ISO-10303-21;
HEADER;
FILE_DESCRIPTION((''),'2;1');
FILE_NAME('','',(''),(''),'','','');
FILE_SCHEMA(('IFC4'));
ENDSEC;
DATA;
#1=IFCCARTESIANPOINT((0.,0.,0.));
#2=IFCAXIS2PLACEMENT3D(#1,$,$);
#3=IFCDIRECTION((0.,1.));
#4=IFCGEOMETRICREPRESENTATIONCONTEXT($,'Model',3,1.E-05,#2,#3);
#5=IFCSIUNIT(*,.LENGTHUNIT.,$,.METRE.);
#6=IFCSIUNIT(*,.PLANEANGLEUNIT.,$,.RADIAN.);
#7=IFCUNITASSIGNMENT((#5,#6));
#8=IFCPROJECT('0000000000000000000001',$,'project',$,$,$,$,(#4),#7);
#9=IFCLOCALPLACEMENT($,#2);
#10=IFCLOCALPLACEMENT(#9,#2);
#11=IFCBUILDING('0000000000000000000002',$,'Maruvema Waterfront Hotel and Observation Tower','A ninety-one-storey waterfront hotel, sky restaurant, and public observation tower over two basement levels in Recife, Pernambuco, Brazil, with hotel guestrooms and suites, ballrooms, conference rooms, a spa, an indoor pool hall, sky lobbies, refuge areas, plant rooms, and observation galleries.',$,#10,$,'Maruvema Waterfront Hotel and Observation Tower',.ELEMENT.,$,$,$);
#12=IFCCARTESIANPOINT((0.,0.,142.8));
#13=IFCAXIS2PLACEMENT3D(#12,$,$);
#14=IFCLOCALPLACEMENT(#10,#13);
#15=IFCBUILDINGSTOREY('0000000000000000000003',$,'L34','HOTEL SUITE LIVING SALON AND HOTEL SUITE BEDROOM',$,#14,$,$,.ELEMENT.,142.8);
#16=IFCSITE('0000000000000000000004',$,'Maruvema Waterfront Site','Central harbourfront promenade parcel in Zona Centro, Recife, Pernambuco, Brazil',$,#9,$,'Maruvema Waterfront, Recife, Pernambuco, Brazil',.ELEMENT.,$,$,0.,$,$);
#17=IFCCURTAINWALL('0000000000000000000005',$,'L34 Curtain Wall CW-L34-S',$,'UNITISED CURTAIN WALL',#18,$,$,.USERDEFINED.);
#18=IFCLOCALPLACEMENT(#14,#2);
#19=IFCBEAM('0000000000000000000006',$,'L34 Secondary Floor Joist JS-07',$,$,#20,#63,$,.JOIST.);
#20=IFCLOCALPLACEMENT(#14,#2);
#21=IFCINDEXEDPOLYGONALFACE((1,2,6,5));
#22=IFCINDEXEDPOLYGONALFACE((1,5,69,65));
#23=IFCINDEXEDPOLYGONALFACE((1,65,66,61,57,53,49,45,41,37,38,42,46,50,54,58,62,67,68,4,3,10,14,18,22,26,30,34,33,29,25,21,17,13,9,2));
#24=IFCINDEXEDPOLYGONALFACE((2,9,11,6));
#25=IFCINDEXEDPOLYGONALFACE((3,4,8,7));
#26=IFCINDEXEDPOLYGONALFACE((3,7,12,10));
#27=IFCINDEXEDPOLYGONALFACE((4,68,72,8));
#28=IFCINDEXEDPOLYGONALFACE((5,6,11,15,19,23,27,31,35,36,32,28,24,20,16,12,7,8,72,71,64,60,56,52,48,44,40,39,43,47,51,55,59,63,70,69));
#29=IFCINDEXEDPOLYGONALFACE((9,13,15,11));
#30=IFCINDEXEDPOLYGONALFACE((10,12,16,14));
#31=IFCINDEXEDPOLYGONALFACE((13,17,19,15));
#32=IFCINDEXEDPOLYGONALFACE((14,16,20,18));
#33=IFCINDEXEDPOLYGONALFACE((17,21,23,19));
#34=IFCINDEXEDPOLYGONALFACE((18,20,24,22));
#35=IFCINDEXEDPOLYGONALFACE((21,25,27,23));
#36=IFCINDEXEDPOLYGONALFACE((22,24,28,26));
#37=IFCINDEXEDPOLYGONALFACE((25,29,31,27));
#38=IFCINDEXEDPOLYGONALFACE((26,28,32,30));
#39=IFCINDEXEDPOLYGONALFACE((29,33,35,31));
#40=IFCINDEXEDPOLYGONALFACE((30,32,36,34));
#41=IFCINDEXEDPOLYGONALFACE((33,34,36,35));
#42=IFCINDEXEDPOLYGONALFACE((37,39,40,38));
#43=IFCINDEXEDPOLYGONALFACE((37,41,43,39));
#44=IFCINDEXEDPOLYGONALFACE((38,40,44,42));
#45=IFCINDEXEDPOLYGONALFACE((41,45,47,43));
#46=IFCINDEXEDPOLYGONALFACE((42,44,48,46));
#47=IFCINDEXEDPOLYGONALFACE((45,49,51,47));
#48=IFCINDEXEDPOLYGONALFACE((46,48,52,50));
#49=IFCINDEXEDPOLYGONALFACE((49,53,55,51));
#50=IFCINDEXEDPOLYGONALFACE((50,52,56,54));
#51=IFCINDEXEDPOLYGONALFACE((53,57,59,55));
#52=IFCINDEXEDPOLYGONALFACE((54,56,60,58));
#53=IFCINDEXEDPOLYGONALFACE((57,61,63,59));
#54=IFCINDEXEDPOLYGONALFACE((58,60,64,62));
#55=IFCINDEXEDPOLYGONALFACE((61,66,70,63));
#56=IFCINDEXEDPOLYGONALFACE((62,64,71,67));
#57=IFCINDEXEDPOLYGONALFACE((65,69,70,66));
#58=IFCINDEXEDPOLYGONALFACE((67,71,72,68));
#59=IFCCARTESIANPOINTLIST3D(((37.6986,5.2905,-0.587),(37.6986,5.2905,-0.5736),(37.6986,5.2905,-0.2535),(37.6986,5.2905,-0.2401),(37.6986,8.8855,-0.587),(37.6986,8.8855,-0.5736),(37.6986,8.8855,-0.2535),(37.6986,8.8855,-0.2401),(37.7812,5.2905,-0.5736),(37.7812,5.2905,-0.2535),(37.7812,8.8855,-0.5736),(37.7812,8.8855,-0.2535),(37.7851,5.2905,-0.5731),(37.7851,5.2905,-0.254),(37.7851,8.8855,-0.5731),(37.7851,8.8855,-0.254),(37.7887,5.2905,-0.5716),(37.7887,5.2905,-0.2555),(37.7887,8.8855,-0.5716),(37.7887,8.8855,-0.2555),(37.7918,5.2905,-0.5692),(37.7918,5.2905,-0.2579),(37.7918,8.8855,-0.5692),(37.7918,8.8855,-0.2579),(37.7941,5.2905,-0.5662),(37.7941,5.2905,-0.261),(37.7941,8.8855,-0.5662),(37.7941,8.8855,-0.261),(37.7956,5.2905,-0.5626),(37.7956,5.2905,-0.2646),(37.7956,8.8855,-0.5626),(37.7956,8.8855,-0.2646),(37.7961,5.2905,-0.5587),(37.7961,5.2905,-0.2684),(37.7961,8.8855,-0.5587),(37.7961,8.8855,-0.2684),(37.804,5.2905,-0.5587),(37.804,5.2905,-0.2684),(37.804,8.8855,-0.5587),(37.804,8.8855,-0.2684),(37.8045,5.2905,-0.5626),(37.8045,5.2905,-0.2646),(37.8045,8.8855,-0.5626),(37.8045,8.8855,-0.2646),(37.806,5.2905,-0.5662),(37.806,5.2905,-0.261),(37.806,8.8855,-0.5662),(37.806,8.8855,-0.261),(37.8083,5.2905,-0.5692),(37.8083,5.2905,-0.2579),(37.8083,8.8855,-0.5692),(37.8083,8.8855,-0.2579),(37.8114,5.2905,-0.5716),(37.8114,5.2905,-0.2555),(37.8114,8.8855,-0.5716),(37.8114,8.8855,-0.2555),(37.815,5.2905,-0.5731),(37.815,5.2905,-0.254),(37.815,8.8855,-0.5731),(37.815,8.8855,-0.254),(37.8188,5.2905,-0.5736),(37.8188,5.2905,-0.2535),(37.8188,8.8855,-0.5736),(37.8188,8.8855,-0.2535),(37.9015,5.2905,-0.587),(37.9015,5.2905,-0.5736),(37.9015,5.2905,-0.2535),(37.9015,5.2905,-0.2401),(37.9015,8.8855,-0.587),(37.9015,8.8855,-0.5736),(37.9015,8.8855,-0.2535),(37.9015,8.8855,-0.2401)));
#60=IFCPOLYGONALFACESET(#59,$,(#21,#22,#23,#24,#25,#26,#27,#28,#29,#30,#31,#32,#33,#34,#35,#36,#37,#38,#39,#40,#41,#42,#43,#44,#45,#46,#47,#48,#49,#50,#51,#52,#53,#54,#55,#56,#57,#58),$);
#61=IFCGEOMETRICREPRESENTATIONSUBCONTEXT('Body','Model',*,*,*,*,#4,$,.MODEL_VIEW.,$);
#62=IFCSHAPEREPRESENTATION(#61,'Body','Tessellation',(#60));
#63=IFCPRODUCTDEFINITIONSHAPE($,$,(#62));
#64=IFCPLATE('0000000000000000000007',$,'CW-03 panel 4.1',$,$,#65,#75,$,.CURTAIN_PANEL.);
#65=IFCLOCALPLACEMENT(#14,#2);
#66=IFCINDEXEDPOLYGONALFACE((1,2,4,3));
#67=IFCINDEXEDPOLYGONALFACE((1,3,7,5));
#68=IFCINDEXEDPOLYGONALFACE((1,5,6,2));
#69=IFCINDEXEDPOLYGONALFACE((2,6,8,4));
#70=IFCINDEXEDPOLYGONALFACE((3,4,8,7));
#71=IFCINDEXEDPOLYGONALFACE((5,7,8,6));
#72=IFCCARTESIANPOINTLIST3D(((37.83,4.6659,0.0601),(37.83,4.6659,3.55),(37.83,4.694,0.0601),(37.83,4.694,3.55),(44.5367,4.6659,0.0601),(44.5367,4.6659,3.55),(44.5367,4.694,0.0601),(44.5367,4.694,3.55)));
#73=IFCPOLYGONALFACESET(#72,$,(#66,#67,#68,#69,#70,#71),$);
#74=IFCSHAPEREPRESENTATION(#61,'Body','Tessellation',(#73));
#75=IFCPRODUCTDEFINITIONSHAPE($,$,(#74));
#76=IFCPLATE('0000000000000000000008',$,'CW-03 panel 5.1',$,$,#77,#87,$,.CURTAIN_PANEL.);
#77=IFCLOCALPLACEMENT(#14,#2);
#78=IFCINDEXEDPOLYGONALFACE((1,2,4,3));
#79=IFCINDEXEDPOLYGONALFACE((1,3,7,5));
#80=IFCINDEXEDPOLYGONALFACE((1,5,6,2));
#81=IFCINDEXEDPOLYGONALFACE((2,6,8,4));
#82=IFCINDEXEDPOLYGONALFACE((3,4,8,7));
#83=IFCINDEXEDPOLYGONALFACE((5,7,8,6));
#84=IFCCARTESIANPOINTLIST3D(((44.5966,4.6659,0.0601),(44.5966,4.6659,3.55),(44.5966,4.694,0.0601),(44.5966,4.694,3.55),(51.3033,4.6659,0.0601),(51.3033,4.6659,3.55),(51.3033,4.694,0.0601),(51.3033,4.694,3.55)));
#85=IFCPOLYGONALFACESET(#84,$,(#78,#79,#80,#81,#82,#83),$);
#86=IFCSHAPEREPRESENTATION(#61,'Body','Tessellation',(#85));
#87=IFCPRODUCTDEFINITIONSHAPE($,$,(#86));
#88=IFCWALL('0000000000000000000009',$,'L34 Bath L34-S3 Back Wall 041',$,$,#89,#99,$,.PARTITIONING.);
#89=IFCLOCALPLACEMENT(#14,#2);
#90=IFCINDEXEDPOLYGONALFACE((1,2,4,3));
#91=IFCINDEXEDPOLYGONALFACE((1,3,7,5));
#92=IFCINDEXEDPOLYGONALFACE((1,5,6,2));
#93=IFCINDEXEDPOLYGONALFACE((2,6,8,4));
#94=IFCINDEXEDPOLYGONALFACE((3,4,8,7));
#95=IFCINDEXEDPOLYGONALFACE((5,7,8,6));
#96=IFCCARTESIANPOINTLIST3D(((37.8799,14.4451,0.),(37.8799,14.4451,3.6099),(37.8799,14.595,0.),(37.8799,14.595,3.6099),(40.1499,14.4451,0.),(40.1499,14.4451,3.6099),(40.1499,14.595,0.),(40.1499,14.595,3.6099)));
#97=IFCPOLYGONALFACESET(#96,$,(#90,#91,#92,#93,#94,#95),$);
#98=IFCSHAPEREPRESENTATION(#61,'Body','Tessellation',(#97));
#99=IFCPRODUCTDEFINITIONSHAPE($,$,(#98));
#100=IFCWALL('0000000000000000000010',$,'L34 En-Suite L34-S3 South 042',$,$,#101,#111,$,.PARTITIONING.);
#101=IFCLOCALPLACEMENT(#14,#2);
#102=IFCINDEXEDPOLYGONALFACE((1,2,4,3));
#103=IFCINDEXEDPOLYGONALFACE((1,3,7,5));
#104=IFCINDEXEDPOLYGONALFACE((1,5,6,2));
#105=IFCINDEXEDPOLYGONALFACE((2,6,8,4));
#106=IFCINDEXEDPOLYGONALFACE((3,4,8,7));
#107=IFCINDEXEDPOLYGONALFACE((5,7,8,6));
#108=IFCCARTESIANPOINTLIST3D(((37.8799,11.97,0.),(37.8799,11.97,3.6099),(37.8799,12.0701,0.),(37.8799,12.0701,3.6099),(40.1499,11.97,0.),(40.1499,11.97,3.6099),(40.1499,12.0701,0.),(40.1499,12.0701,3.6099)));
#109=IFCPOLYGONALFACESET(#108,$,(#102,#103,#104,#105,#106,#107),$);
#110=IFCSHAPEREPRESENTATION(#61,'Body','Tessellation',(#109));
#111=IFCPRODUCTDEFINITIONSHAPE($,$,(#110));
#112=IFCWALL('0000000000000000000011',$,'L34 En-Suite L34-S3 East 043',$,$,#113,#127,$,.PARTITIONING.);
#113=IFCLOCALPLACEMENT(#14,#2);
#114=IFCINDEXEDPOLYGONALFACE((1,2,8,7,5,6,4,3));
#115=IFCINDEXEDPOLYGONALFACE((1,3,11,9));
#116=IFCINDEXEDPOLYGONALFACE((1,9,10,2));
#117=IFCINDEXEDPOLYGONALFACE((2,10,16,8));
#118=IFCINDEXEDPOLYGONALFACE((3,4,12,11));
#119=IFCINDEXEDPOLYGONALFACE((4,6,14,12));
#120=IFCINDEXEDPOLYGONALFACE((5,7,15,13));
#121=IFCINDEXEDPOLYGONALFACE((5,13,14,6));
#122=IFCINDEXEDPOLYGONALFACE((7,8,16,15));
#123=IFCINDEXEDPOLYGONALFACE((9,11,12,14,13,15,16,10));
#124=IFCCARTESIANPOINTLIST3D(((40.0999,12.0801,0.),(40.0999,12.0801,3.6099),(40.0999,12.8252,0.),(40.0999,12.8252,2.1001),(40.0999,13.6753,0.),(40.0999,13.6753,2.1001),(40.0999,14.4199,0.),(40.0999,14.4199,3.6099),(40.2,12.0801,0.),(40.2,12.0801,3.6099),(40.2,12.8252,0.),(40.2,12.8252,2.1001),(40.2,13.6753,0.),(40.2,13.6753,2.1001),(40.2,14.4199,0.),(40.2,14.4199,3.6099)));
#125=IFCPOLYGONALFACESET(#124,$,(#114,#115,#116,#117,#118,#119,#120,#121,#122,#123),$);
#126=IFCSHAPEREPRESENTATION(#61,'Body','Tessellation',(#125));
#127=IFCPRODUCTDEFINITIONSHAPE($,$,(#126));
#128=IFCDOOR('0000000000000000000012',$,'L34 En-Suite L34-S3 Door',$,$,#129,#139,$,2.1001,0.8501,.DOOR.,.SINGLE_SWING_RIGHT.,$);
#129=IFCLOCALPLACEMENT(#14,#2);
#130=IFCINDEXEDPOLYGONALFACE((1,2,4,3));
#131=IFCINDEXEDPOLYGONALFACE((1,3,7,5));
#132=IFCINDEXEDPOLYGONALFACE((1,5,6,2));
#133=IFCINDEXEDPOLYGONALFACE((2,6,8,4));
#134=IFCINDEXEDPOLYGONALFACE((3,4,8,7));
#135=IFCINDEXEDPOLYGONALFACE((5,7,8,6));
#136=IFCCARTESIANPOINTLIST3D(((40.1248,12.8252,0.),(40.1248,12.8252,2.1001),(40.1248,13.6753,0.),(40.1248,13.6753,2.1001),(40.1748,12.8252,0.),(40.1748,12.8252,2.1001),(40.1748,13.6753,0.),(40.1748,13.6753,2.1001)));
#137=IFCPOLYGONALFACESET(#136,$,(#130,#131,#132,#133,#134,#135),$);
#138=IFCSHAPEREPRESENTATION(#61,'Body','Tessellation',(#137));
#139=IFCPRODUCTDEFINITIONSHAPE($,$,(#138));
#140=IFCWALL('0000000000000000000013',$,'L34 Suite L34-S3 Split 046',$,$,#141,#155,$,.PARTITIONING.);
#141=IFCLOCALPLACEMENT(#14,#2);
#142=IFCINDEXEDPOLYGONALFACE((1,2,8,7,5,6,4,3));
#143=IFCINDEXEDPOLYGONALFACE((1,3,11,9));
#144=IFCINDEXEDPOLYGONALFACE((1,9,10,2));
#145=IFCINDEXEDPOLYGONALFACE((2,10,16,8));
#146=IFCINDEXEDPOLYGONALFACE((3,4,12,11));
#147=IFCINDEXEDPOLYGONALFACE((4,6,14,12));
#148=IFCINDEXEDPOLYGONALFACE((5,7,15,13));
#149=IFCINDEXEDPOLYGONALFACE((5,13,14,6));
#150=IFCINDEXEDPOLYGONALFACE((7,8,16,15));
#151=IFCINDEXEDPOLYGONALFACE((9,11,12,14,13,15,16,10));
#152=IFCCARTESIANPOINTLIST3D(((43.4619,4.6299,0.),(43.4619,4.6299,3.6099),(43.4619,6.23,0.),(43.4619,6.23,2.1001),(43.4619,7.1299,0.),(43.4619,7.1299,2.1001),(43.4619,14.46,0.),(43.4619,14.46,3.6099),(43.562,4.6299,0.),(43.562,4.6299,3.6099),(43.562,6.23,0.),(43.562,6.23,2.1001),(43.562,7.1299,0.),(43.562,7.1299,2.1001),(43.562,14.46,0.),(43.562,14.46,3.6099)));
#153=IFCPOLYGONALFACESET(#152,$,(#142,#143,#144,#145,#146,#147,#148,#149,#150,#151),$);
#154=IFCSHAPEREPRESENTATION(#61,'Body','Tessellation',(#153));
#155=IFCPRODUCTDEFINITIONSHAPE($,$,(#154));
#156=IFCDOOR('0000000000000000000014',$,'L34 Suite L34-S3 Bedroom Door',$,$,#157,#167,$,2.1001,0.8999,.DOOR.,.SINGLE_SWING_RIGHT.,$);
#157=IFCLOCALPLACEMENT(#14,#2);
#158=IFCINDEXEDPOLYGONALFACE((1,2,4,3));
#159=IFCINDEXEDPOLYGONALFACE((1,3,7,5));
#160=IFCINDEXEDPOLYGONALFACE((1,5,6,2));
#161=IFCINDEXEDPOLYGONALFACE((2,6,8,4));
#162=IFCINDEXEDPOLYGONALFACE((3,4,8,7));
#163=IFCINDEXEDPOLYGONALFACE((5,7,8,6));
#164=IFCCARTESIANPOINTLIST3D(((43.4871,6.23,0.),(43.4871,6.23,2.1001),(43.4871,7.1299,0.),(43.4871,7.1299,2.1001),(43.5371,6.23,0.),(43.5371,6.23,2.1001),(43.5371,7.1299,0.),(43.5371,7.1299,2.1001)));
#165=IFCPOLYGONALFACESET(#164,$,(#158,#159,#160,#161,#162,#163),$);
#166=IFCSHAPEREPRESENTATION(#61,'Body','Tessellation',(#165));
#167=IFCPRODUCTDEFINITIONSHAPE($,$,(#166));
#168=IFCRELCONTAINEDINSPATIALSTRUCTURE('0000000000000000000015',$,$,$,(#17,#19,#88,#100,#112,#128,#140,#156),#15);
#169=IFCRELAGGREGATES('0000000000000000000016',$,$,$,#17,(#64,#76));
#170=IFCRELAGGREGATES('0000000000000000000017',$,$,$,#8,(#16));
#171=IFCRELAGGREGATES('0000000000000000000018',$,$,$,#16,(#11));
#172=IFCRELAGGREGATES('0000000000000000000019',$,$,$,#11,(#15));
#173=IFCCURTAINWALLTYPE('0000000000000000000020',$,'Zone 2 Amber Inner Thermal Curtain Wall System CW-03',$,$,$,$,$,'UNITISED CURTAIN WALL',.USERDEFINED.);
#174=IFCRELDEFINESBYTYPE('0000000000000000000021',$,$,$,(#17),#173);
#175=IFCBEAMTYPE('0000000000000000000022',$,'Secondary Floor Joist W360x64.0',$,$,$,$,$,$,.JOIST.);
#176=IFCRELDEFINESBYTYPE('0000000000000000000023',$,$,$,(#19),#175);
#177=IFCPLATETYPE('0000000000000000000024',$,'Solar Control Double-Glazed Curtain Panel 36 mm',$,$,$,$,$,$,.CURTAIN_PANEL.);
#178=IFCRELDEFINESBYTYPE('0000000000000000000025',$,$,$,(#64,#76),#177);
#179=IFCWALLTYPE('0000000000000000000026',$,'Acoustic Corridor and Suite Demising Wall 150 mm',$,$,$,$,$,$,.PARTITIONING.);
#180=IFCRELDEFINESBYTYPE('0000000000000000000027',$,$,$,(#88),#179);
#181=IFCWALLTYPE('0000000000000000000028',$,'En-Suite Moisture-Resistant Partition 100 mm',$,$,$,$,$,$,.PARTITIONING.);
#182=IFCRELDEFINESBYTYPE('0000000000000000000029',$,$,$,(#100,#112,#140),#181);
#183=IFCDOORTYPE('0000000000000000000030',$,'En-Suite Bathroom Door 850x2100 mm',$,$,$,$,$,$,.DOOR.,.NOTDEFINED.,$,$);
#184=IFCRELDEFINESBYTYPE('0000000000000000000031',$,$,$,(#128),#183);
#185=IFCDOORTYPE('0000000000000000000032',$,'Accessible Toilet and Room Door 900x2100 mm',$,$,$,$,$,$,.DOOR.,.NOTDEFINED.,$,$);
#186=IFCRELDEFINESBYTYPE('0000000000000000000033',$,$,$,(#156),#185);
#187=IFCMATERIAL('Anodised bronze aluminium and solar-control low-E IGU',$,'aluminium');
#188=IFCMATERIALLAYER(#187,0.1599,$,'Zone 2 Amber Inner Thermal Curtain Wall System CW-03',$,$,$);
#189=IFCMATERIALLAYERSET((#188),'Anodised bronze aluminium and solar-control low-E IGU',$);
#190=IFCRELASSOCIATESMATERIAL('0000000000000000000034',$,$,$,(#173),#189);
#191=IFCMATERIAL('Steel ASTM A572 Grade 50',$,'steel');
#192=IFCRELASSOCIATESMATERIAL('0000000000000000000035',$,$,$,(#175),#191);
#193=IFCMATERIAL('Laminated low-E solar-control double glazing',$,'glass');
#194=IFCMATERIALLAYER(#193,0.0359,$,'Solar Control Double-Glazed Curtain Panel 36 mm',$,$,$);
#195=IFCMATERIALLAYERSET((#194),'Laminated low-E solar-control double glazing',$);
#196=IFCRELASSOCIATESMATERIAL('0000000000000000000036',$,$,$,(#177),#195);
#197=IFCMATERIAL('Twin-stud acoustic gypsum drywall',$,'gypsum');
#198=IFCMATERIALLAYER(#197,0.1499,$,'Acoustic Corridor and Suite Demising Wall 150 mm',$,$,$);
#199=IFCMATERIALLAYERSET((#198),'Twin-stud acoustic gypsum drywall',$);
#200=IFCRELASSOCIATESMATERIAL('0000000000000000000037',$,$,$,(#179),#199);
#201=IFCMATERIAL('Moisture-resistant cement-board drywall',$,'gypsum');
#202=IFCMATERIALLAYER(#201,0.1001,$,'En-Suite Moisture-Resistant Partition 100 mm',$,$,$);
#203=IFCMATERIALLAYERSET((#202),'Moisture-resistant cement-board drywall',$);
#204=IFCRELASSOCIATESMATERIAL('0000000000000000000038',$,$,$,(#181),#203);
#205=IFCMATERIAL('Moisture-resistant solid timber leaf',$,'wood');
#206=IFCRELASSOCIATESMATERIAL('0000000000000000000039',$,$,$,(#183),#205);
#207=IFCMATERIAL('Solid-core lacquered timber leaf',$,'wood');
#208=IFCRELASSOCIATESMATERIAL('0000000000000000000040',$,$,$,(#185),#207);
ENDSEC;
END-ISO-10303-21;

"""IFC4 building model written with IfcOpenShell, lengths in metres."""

from ifc_helpers import new_model, si_unit, direction, frame, frame_2d, origin, origin_2d, place, context, subcontext, project, spatial, rectangle, i_section, extrude, material, layer, layer_set, material_profile, profile_set, type_object, element, fill, aggregate, save


model = new_model("IFC4")

# Units and contexts
model_context = context("Model", 3, precision=1e-05, world=origin(), true_north=direction((0.0, 1.0)))
body_context = subcontext(model_context, "Body", "Model", "MODEL_VIEW")
ifc_project = project(units=[si_unit("LENGTHUNIT", "METRE"), si_unit("PLANEANGLEUNIT", "RADIAN")], contexts=[model_context])

# Site, building, storey
site_placement = place(None, origin())
site = spatial("IfcSite", under=ifc_project, at=site_placement, Name="Maruvema Waterfront Site", Description="Central harbourfront promenade parcel in Zona Centro, Recife, Pernambuco, Brazil", LongName="Maruvema Waterfront, Recife, Pernambuco, Brazil", CompositionType="ELEMENT", RefElevation=0.0)
building_placement = place(site_placement, origin())
building = spatial("IfcBuilding", under=site, at=building_placement, Name="Maruvema Waterfront Hotel and Observation Tower", Description="A ninety-one-storey waterfront hotel, sky restaurant, and public observation tower over two basement levels in Recife, Pernambuco, Brazil, with hotel guestrooms and suites, ballrooms, conference rooms, a spa, an indoor pool hall, sky lobbies, refuge areas, plant rooms, and observation galleries.", LongName="Maruvema Waterfront Hotel and Observation Tower", CompositionType="ELEMENT")
storey_placement = place(building_placement, frame((0.0, 0.0, 142.8)))
storey = spatial("IfcBuildingStorey", under=building, at=storey_placement, Name="L34", Description="HOTEL SUITE LIVING SALON AND HOTEL SUITE BEDROOM", CompositionType="ELEMENT", Elevation=142.8)

# Curtain wall
ifc_material_1 = material(Name="Anodised bronze aluminium and solar-control low-E IGU", Category="aluminium")
ifc_layer_1 = layer(ifc_material_1, 0.1599, Name="Zone 2 Amber Inner Thermal Curtain Wall System CW-03")
ifc_layer_set_1 = layer_set([ifc_layer_1], Name="Anodised bronze aluminium and solar-control low-E IGU")
curtain_wall_type = type_object("IfcCurtainWallType", Name="Zone 2 Amber Inner Thermal Curtain Wall System CW-03", ElementType="UNITISED CURTAIN WALL", PredefinedType="USERDEFINED", material=ifc_layer_set_1)
curtain_wall_placement = place(storey_placement, origin())
curtain_wall = element("IfcCurtainWall", 1, at=curtain_wall_placement, inside=storey, type_object=curtain_wall_type, Name="L34 Curtain Wall CW-L34-S", ObjectType="UNITISED CURTAIN WALL", PredefinedType="USERDEFINED")

# Beam
ifc_material_2 = material(Name="Steel ASTM A572 Grade 50", Category="steel")
ifc_material_profile_1 = material_profile(ifc_material_2, i_section(OverallWidth=0.2029, OverallDepth=0.3469, WebThickness=0.0078, FlangeThickness=0.0134, FilletRadius=0.0149, at=origin_2d()), Name="W360x64.0")
ifc_profile_set_1 = profile_set([ifc_material_profile_1], Name="Steel ASTM A572 Grade 50")
beam_type_1 = type_object("IfcBeamType", Name="Secondary Floor Joist W360x64.0", PredefinedType="JOIST", material=ifc_profile_set_1)
beam_1_placement = place(storey_placement, frame((37.8, 5.2905, -0.4136), z_axis=(0.0, 1.0, 0.0), x_axis=(-1.0, 0.0, 0.0)))
element("IfcBeam", 2, at=beam_1_placement, inside=storey, type_object=beam_type_1, Name="L34 Secondary Floor Joist JS-07", PredefinedType="JOIST", context=body_context, shape_type="SweptSolid", body=[
    extrude(i_section(OverallWidth=0.2029, OverallDepth=0.3469, WebThickness=0.0078, FlangeThickness=0.0134, FilletRadius=0.0149, at=origin_2d()), origin(), (0.0, 0.0, 1.0), 3.595),
])

# Plates
ifc_material_3 = material(Name="Laminated low-E solar-control double glazing", Category="glass")
ifc_layer_2 = layer(ifc_material_3, 0.0359, Name="Solar Control Double-Glazed Curtain Panel 36 mm")
ifc_layer_set_2 = layer_set([ifc_layer_2], Name="Laminated low-E solar-control double glazing")
plate_type = type_object("IfcPlateType", Name="Solar Control Double-Glazed Curtain Panel 36 mm", PredefinedType="CURTAIN_PANEL", material=ifc_layer_set_2)
plate_1_placement = place(storey_placement, frame((41.1833, 4.6799, 0.0601), z_axis=(0.0, 0.0, 1.0), x_axis=(1.0, 0.0, 0.0)))
plate_1 = element("IfcPlate", 3, at=plate_1_placement, type_object=plate_type, Name="CW-03 panel 4.1", PredefinedType="CURTAIN_PANEL", context=body_context, shape_type="SweptSolid", body=[
    extrude(rectangle(XDim=6.7068, YDim=0.0281, at=origin_2d()), origin(), (0.0, 0.0, 1.0), 3.49),
])
plate_2_placement = place(storey_placement, frame((47.95, 4.6799, 0.0601), z_axis=(0.0, 0.0, 1.0), x_axis=(1.0, 0.0, 0.0)))
plate_2 = element("IfcPlate", 4, at=plate_2_placement, type_object=plate_type, Name="CW-03 panel 5.1", PredefinedType="CURTAIN_PANEL", context=body_context, shape_type="SweptSolid", body=[
    extrude(rectangle(XDim=6.7068, YDim=0.0281, at=origin_2d()), origin(), (0.0, 0.0, 1.0), 3.49),
])
aggregate(curtain_wall, [plate_1, plate_2])

# Wall
ifc_material_4 = material(Name="Twin-stud acoustic gypsum drywall", Category="gypsum")
ifc_layer_3 = layer(ifc_material_4, 0.1499, Name="Acoustic Corridor and Suite Demising Wall 150 mm")
ifc_layer_set_3 = layer_set([ifc_layer_3], Name="Twin-stud acoustic gypsum drywall")
wall_type_1 = type_object("IfcWallType", Name="Acoustic Corridor and Suite Demising Wall 150 mm", PredefinedType="PARTITIONING", material=ifc_layer_set_3)
wall_1_placement = place(storey_placement, frame((37.8799, 14.52, 0.0), z_axis=(0.0, 0.0, 1.0), x_axis=(1.0, 0.0, 0.0)))
element("IfcWall", 5, at=wall_1_placement, inside=storey, type_object=wall_type_1, Name="L34 Bath L34-S3 Back Wall 041", PredefinedType="PARTITIONING", context=body_context, shape_type="SweptSolid", body=[
    extrude(rectangle(XDim=2.27, YDim=0.1499, at=frame_2d((1.135, 0.0))), origin(), (0.0, 0.0, 1.0), 3.6099),
])

# Wall
ifc_material_5 = material(Name="Moisture-resistant cement-board drywall", Category="gypsum")
ifc_layer_4 = layer(ifc_material_5, 0.1001, Name="En-Suite Moisture-Resistant Partition 100 mm")
ifc_layer_set_4 = layer_set([ifc_layer_4], Name="Moisture-resistant cement-board drywall")
wall_type_2 = type_object("IfcWallType", Name="En-Suite Moisture-Resistant Partition 100 mm", PredefinedType="PARTITIONING", material=ifc_layer_set_4)
wall_2_placement = place(storey_placement, frame((37.8799, 12.02, 0.0), z_axis=(0.0, 0.0, 1.0), x_axis=(1.0, 0.0, 0.0)))
element("IfcWall", 6, at=wall_2_placement, inside=storey, type_object=wall_type_2, Name="L34 En-Suite L34-S3 South 042", PredefinedType="PARTITIONING", context=body_context, shape_type="SweptSolid", body=[
    extrude(rectangle(XDim=2.27, YDim=0.1001, at=frame_2d((1.135, 0.0))), origin(), (0.0, 0.0, 1.0), 3.6099),
])

# Walls, openings, doors
wall_3_placement = place(storey_placement, frame((40.1499, 12.0801, 0.0), z_axis=(0.0, 0.0, 1.0), x_axis=(0.0, 1.0, 0.0)))
wall_3 = element("IfcWall", 7, at=wall_3_placement, inside=storey, type_object=wall_type_2, Name="L34 En-Suite L34-S3 East 043", PredefinedType="PARTITIONING", context=body_context, shape_type="SweptSolid", body=[
    extrude(rectangle(XDim=2.3398, YDim=0.1001, at=frame_2d((1.1699, 0.0))), origin(), (0.0, 0.0, 1.0), 3.6099),
])
opening_1_placement = place(wall_3_placement, frame((0.7451, 0.0, 0.0)))
opening_1 = element("IfcOpeningElement", 8, at=opening_1_placement, cuts=wall_3, PredefinedType="OPENING", context=body_context, shape_type="SweptSolid", body=[
    extrude(rectangle(XDim=0.8501, YDim=2.1001, at=frame_2d((0.425, 1.05))), frame((0.0, 0.0601, 0.0), z_axis=(0.0, -1.0, 0.0), x_axis=(1.0, 0.0, 0.0)), (0.0, 0.0, 1.0), 0.1201),
])
ifc_material_6 = material(Name="Moisture-resistant solid timber leaf", Category="wood")
door_type_1 = type_object("IfcDoorType", Name="En-Suite Bathroom Door 850x2100 mm", OperationType="NOTDEFINED", PredefinedType="DOOR", material=ifc_material_6)
door_1_placement = place(opening_1_placement, frame((0.8501, 0.0, 0.0), z_axis=(0.0, 0.0, 1.0), x_axis=(-1.0, 0.0, 0.0)))
door_1 = element("IfcDoor", 9, at=door_1_placement, inside=storey, type_object=door_type_1, Name="L34 En-Suite L34-S3 Door", OperationType="SINGLE_SWING_RIGHT", OverallHeight=2.1001, OverallWidth=0.8501, PredefinedType="DOOR", context=body_context, shape_type="SweptSolid", body=[
    extrude(rectangle(XDim=0.8501, YDim=2.1001, at=frame_2d((0.425, 1.05))), frame((0.0, 0.0249, 0.0), z_axis=(0.0, -1.0, 0.0), x_axis=(1.0, 0.0, 0.0)), (0.0, 0.0, 1.0), 0.05),
])
fill(opening_1, door_1)
wall_4_placement = place(storey_placement, frame((43.512, 4.6299, 0.0), z_axis=(0.0, 0.0, 1.0), x_axis=(0.0, 1.0, 0.0)))
wall_4 = element("IfcWall", 10, at=wall_4_placement, inside=storey, type_object=wall_type_2, Name="L34 Suite L34-S3 Split 046", PredefinedType="PARTITIONING", context=body_context, shape_type="SweptSolid", body=[
    extrude(rectangle(XDim=9.8301, YDim=0.1001, at=frame_2d((4.915, 0.0))), origin(), (0.0, 0.0, 1.0), 3.6099),
])
opening_2_placement = place(wall_4_placement, frame((1.6001, 0.0, 0.0)))
opening_2 = element("IfcOpeningElement", 11, at=opening_2_placement, cuts=wall_4, PredefinedType="OPENING", context=body_context, shape_type="SweptSolid", body=[
    extrude(rectangle(XDim=0.8999, YDim=2.1001, at=frame_2d((0.45, 1.05))), frame((0.0, 0.0601, 0.0), z_axis=(0.0, -1.0, 0.0), x_axis=(1.0, 0.0, 0.0)), (0.0, 0.0, 1.0), 0.1201),
])
ifc_material_7 = material(Name="Solid-core lacquered timber leaf", Category="wood")
door_type_2 = type_object("IfcDoorType", Name="Accessible Toilet and Room Door 900x2100 mm", OperationType="NOTDEFINED", PredefinedType="DOOR", material=ifc_material_7)
door_2_placement = place(opening_2_placement, origin())
door_2 = element("IfcDoor", 12, at=door_2_placement, inside=storey, type_object=door_type_2, Name="L34 Suite L34-S3 Bedroom Door", OperationType="SINGLE_SWING_RIGHT", OverallHeight=2.1001, OverallWidth=0.8999, PredefinedType="DOOR", context=body_context, shape_type="SweptSolid", body=[
    extrude(rectangle(XDim=0.8999, YDim=2.1001, at=frame_2d((0.45, 1.05))), frame((0.0, 0.0249, 0.0), z_axis=(0.0, -1.0, 0.0), x_axis=(1.0, 0.0, 0.0)), (0.0, 0.0, 1.0), 0.05),
])
fill(opening_2, door_2)

save(model, "model.ifc")
